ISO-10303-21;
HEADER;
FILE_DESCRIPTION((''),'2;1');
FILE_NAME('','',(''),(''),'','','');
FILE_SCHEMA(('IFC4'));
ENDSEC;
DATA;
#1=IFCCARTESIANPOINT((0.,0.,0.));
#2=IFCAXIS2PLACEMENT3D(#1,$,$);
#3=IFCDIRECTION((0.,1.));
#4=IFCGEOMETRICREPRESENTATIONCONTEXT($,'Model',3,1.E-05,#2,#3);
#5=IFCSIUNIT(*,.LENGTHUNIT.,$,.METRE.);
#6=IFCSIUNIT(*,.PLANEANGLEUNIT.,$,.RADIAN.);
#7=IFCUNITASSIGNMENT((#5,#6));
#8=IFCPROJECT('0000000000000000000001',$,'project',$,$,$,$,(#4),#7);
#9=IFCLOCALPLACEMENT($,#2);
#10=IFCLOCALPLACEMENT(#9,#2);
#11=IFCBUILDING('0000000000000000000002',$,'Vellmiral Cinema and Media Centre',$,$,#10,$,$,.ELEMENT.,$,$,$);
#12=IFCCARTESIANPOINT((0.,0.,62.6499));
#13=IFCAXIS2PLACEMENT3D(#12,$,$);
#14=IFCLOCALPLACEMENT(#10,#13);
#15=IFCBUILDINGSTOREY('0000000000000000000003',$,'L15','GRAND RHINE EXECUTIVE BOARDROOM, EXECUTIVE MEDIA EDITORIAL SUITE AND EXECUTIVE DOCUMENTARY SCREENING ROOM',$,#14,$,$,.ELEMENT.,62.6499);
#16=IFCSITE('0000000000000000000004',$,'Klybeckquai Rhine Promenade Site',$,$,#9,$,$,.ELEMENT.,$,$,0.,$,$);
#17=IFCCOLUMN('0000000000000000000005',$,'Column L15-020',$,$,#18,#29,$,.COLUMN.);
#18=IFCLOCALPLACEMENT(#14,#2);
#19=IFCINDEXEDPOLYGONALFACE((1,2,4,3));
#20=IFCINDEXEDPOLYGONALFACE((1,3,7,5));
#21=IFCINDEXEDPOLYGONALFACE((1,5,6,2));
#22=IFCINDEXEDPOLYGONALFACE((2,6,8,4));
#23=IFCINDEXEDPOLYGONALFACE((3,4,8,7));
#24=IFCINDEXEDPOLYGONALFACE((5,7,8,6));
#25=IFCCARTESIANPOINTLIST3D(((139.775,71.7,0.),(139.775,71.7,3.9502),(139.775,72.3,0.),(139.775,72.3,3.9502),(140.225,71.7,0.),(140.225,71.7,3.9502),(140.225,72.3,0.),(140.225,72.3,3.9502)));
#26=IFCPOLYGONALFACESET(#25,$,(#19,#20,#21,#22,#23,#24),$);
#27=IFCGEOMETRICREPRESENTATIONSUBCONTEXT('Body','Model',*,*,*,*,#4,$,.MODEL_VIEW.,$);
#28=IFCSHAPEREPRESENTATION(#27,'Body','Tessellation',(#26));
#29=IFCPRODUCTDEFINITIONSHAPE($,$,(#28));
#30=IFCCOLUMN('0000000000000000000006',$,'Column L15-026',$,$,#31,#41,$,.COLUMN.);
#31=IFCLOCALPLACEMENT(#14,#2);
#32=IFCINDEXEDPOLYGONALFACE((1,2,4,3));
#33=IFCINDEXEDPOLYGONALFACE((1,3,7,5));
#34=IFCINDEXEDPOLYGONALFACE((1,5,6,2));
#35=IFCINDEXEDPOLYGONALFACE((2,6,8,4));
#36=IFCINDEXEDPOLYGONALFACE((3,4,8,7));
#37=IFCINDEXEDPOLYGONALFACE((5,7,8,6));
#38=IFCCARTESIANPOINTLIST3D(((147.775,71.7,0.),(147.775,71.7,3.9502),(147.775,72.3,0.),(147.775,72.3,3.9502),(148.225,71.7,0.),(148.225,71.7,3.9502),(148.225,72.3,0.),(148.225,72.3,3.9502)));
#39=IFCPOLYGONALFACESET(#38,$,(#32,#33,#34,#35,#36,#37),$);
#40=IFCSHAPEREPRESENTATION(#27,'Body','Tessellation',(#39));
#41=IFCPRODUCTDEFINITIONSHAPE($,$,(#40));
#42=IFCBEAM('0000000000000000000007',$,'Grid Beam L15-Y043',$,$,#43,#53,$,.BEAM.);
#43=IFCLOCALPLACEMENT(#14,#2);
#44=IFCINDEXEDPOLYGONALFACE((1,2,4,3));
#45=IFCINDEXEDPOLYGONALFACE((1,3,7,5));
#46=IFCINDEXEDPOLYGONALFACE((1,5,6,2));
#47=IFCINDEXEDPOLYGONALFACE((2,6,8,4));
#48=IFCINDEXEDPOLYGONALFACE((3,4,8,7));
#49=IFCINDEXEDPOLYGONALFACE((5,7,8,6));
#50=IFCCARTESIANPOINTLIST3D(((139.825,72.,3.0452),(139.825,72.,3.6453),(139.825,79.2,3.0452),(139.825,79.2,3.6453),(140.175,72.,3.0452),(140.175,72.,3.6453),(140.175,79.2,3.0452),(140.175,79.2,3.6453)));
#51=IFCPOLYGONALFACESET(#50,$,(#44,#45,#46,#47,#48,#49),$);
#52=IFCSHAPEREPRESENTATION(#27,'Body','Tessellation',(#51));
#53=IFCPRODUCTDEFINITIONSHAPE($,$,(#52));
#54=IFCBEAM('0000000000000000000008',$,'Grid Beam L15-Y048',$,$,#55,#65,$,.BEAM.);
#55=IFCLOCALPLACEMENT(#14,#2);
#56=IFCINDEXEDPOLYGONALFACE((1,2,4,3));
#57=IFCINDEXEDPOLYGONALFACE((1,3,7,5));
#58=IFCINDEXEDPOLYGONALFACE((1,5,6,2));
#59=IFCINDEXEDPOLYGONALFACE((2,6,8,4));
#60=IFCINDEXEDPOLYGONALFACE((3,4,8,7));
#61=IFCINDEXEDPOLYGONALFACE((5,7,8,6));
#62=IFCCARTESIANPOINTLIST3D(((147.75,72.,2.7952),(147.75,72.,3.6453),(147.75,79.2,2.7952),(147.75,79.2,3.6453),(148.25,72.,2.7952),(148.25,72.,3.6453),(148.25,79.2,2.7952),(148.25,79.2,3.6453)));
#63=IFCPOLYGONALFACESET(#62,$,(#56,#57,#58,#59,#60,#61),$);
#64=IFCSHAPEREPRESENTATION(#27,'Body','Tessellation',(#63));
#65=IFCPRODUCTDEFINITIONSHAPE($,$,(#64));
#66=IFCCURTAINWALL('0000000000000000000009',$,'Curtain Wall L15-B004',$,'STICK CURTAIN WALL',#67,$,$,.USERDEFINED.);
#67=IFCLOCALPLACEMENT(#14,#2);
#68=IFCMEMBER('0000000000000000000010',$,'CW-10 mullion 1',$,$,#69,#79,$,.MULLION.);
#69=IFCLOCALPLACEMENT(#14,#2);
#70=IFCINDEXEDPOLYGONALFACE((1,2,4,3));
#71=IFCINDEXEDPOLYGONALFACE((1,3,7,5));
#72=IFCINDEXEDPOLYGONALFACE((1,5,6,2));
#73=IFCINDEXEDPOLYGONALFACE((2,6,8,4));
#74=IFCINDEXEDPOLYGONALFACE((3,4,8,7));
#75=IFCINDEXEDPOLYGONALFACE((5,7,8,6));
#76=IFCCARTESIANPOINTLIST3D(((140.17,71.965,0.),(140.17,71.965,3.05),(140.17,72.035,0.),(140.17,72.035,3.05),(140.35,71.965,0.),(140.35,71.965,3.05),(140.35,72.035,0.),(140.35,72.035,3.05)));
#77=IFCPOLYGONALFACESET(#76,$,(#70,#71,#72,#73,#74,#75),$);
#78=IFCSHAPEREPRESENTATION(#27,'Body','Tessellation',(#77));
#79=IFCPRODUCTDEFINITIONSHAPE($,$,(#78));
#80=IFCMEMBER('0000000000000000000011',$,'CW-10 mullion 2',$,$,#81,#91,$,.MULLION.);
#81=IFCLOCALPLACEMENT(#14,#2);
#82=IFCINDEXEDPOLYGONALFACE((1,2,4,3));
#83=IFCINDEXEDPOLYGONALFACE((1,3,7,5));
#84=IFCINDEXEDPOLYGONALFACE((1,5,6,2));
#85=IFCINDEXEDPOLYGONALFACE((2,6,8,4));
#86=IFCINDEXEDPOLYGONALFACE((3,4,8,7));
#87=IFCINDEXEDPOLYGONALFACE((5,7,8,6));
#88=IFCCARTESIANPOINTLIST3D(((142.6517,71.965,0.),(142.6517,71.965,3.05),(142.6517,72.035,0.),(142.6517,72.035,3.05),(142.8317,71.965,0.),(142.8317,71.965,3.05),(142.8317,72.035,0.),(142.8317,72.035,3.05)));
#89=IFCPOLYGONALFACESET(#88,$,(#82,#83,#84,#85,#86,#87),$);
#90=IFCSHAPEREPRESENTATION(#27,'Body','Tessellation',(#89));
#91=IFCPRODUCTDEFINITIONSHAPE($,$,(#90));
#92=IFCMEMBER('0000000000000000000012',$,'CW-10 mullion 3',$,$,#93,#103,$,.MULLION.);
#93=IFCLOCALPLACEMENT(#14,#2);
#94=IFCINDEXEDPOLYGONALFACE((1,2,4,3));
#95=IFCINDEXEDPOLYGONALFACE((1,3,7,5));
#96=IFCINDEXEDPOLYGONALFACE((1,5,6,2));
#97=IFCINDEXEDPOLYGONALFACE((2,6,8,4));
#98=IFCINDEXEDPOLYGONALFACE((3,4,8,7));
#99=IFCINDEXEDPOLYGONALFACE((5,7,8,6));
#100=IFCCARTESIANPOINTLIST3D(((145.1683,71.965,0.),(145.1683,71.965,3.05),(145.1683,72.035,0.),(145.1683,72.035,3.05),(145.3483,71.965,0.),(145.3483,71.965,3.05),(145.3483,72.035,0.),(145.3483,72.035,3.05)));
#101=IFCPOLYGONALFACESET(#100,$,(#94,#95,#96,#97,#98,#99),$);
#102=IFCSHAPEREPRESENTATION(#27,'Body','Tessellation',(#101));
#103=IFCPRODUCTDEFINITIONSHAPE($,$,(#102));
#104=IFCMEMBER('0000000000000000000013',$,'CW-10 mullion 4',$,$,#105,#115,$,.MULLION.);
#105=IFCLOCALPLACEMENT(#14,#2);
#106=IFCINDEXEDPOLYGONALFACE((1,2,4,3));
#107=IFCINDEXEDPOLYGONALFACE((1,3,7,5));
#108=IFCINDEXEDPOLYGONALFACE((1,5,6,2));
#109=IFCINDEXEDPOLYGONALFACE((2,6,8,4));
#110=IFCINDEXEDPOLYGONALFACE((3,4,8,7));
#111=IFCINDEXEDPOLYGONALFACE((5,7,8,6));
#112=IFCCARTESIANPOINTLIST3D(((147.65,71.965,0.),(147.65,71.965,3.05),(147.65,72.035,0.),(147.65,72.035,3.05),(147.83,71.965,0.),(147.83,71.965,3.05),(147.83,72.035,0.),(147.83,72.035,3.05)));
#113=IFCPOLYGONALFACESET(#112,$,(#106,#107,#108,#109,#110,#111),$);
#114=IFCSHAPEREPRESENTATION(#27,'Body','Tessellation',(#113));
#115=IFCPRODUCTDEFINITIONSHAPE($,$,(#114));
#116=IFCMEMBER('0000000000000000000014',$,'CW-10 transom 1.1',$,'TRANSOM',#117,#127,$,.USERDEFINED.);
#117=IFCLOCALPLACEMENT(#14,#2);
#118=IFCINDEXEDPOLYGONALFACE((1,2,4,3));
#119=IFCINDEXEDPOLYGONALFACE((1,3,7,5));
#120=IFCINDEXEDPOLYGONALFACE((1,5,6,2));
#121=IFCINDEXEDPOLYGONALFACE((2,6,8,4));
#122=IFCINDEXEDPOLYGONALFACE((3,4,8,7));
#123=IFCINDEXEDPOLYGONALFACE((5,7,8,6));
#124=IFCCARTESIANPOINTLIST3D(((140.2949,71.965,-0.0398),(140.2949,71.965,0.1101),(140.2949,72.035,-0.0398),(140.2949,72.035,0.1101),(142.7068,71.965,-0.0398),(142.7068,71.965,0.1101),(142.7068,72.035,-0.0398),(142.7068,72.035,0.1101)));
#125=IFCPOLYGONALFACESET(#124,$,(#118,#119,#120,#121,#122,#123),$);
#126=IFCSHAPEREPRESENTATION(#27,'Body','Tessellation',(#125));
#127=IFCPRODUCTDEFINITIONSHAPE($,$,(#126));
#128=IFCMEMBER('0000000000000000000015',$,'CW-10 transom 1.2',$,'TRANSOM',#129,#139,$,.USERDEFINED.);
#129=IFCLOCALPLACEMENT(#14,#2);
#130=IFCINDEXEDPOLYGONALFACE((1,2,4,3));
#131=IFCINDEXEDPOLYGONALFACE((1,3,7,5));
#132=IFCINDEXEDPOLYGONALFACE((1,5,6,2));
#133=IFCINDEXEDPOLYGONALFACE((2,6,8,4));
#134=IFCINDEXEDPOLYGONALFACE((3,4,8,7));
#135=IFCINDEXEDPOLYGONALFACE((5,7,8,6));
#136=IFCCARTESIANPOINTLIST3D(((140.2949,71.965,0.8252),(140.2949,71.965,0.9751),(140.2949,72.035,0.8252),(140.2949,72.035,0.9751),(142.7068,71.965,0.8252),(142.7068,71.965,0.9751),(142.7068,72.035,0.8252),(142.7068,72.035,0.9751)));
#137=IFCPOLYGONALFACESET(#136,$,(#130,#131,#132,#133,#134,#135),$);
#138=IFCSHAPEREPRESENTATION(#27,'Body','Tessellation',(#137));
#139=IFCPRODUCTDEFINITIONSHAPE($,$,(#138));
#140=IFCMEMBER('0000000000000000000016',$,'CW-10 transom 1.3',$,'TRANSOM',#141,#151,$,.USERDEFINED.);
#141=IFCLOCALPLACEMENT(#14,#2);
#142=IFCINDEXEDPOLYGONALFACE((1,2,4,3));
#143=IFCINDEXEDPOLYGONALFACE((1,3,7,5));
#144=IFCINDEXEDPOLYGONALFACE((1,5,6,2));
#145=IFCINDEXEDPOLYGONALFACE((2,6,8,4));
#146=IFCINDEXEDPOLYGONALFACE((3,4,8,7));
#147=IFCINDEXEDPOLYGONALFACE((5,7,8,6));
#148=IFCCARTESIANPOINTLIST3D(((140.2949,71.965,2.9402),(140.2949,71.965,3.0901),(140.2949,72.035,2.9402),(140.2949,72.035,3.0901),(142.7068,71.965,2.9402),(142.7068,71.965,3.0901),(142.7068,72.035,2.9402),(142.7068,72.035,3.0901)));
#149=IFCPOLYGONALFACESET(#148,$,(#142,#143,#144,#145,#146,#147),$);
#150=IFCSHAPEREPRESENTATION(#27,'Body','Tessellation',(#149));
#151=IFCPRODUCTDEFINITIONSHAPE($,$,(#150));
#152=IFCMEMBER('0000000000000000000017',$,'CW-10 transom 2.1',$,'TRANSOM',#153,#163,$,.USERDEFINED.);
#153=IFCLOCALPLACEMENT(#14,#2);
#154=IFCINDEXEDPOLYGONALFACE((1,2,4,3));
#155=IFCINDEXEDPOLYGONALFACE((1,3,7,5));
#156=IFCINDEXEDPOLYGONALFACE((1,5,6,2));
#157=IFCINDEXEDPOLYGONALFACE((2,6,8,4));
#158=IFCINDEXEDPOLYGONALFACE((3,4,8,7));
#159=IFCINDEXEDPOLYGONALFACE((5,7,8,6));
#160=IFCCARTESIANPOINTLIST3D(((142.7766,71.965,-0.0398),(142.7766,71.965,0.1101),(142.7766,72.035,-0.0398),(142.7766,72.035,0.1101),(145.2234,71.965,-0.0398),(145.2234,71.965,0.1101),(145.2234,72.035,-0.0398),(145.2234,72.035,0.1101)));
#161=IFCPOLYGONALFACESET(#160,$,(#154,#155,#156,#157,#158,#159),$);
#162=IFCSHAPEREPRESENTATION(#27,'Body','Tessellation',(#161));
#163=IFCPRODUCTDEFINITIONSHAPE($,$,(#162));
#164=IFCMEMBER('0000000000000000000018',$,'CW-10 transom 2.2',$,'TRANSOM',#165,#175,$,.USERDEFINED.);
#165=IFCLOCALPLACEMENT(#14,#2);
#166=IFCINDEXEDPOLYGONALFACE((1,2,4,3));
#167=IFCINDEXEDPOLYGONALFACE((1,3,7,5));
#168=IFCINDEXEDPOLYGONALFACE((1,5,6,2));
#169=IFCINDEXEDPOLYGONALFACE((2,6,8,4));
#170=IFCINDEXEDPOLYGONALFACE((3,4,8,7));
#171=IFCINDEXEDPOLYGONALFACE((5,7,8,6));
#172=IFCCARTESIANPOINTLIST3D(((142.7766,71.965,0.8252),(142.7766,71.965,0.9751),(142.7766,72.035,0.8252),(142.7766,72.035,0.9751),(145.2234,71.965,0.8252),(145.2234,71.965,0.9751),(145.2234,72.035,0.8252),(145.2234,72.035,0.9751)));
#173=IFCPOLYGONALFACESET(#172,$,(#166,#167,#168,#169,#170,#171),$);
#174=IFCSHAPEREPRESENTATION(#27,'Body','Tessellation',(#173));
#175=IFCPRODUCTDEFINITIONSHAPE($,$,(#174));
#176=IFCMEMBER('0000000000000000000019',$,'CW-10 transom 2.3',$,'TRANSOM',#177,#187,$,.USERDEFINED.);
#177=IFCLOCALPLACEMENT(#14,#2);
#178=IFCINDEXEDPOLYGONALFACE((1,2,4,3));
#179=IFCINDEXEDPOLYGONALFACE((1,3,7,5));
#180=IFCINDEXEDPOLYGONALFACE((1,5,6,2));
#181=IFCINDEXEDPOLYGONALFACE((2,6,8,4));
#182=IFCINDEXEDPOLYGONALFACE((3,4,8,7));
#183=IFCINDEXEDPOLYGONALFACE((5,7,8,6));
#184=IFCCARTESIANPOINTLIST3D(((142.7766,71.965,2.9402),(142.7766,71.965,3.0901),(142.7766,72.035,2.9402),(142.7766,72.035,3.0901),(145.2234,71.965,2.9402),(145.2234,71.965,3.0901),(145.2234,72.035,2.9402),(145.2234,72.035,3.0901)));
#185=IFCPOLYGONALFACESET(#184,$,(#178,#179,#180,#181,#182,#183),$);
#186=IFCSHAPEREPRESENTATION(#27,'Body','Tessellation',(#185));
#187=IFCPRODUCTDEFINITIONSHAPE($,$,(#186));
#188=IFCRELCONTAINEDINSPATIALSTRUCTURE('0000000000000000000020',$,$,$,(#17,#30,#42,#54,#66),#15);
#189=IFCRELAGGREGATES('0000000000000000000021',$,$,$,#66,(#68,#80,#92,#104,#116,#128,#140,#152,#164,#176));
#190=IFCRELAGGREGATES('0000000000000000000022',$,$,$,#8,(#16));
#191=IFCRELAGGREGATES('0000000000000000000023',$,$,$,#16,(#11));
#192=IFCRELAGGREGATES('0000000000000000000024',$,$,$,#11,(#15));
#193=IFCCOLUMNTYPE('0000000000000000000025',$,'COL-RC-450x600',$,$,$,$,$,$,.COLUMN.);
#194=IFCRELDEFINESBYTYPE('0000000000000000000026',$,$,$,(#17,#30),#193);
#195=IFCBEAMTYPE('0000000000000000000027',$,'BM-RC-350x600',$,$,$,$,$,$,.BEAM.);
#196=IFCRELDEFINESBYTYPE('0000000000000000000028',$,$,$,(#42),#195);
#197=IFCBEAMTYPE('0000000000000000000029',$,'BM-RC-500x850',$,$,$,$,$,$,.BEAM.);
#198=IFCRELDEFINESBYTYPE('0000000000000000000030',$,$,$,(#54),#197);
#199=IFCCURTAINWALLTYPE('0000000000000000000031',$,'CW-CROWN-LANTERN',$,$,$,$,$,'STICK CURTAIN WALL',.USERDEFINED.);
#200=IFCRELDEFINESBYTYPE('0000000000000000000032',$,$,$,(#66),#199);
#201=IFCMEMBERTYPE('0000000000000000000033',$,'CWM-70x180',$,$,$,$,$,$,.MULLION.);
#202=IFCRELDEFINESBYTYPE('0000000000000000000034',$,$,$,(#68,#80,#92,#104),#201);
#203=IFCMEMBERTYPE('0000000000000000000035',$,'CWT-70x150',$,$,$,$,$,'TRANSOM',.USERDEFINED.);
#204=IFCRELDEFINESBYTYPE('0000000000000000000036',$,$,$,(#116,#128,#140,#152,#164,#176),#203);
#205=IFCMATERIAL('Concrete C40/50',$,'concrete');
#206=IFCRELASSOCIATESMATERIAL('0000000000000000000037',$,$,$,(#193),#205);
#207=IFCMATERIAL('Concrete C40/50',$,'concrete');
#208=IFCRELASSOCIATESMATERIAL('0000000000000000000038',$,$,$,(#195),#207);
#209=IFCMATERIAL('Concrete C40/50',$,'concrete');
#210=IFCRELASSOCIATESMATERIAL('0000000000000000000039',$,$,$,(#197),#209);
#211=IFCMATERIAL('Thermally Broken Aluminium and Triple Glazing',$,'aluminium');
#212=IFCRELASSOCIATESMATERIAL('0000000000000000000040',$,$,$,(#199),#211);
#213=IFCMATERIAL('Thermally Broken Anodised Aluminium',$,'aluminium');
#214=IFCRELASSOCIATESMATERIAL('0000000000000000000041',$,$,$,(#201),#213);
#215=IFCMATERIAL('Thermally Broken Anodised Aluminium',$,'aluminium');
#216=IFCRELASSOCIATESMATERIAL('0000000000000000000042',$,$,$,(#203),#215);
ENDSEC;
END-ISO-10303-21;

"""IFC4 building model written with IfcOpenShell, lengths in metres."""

from ifc_helpers import new_model, si_unit, direction, frame, origin, origin_2d, place, context, subcontext, project, spatial, rectangle, extrude, material, material_profile, profile_set, type_object, element, aggregate, save


model = new_model("IFC4")

# Units and contexts
model_context = context("Model", 3, precision=1e-05, world=origin(), true_north=direction((0.0, 1.0)))
body_context = subcontext(model_context, "Body", "Model", "MODEL_VIEW")
ifc_project = project(units=[si_unit("LENGTHUNIT", "METRE"), si_unit("PLANEANGLEUNIT", "RADIAN")], contexts=[model_context])

# Site, building, storey
site_placement = place(None, origin())
site = spatial("IfcSite", under=ifc_project, at=site_placement, Name="Klybeckquai Rhine Promenade Site", CompositionType="ELEMENT", RefElevation=0.0)
building_placement = place(site_placement, origin())
building = spatial("IfcBuilding", under=site, at=building_placement, Name="Vellmiral Cinema and Media Centre", CompositionType="ELEMENT")
storey_placement = place(building_placement, frame((0.0, 0.0, 62.6499)))
storey = spatial("IfcBuildingStorey", under=building, at=storey_placement, Name="L15", Description="GRAND RHINE EXECUTIVE BOARDROOM, EXECUTIVE MEDIA EDITORIAL SUITE AND EXECUTIVE DOCUMENTARY SCREENING ROOM", CompositionType="ELEMENT", Elevation=62.6499)

# Columns
ifc_material_1 = material(Name="Concrete C40/50", Category="concrete")
ifc_material_profile_1 = material_profile(ifc_material_1, rectangle(XDim=0.45, YDim=0.6001, at=origin_2d()), Name="RC 450x600")
ifc_profile_set_1 = profile_set([ifc_material_profile_1], Name="Concrete C40/50")
column_type = type_object("IfcColumnType", Name="COL-RC-450x600", PredefinedType="COLUMN", material=ifc_profile_set_1)
for number, where, z_axis, x_axis, name in (
    (1, (140.0, 72.0, 0.0), (0.0, 0.0, 1.0), (1.0, 0.0, 0.0), "Column L15-020"),
    (2, (148.0, 72.0, 0.0), (0.0, 0.0, 1.0), (1.0, 0.0, 0.0), "Column L15-026"),
):
    element("IfcColumn", number, at=place(storey_placement, frame(where, z_axis=z_axis, x_axis=x_axis)), inside=storey, type_object=column_type, Name=name, PredefinedType="COLUMN", context=body_context, shape_type="SweptSolid", body=[
        extrude(rectangle(XDim=0.45, YDim=0.6001, at=origin_2d()), origin(), (0.0, 0.0, 1.0), 3.9502),
    ])

# Beams
ifc_material_2 = material(Name="Concrete C40/50", Category="concrete")
ifc_material_profile_2 = material_profile(ifc_material_2, rectangle(XDim=0.3501, YDim=0.6001, at=origin_2d()), Name="RC 350x600")
ifc_profile_set_2 = profile_set([ifc_material_profile_2], Name="Concrete C40/50")
beam_type_1 = type_object("IfcBeamType", Name="BM-RC-350x600", PredefinedType="BEAM", material=ifc_profile_set_2)
beam_1_placement = place(storey_placement, frame((140.0, 72.0, 3.3452), z_axis=(0.0, 1.0, 0.0), x_axis=(-1.0, 0.0, 0.0)))
element("IfcBeam", 3, at=beam_1_placement, inside=storey, type_object=beam_type_1, Name="Grid Beam L15-Y043", PredefinedType="BEAM", context=body_context, shape_type="SweptSolid", body=[
    extrude(rectangle(XDim=0.3501, YDim=0.6001, at=origin_2d()), origin(), (0.0, 0.0, 1.0), 7.2),
])
ifc_material_3 = material(Name="Concrete C40/50", Category="concrete")
ifc_material_profile_3 = material_profile(ifc_material_3, rectangle(XDim=0.5, YDim=0.8501, at=origin_2d()), Name="RC 500x850")
ifc_profile_set_3 = profile_set([ifc_material_profile_3], Name="Concrete C40/50")
beam_type_2 = type_object("IfcBeamType", Name="BM-RC-500x850", PredefinedType="BEAM", material=ifc_profile_set_3)
beam_2_placement = place(storey_placement, frame((148.0, 72.0, 3.2202), z_axis=(0.0, 1.0, 0.0), x_axis=(-1.0, 0.0, 0.0)))
element("IfcBeam", 4, at=beam_2_placement, inside=storey, type_object=beam_type_2, Name="Grid Beam L15-Y048", PredefinedType="BEAM", context=body_context, shape_type="SweptSolid", body=[
    extrude(rectangle(XDim=0.5, YDim=0.8501, at=origin_2d()), origin(), (0.0, 0.0, 1.0), 7.2),
])

# Curtain wall, members
ifc_material_4 = material(Name="Thermally Broken Aluminium and Triple Glazing", Category="aluminium")
curtain_wall_type = type_object("IfcCurtainWallType", Name="CW-CROWN-LANTERN", ElementType="STICK CURTAIN WALL", PredefinedType="USERDEFINED", material=ifc_material_4)
curtain_wall_placement = place(storey_placement, origin())
curtain_wall = element("IfcCurtainWall", 5, at=curtain_wall_placement, inside=storey, type_object=curtain_wall_type, Name="Curtain Wall L15-B004", ObjectType="STICK CURTAIN WALL", PredefinedType="USERDEFINED")
ifc_material_5 = material(Name="Thermally Broken Anodised Aluminium", Category="aluminium")
ifc_material_profile_4 = material_profile(ifc_material_5, rectangle(XDim=0.0701, YDim=0.1799, at=origin_2d()), Name="MULL 70x180")
ifc_profile_set_4 = profile_set([ifc_material_profile_4], Name="Thermally Broken Anodised Aluminium")
member_type_1 = type_object("IfcMemberType", Name="CWM-70x180", PredefinedType="MULLION", material=ifc_profile_set_4)
member_1_placement = place(storey_placement, frame((140.26, 72.0, 0.0), z_axis=(0.0, 0.0, 1.0), x_axis=(0.0, 1.0, 0.0)))
member_1 = element("IfcMember", 6, at=member_1_placement, type_object=member_type_1, Name="CW-10 mullion 1", PredefinedType="MULLION", context=body_context, shape_type="SweptSolid", body=[
    extrude(rectangle(XDim=0.0701, YDim=0.1799, at=origin_2d()), origin(), (0.0, 0.0, 1.0), 3.05),
])
member_2_placement = place(storey_placement, frame((142.7417, 72.0, 0.0), z_axis=(0.0, 0.0, 1.0), x_axis=(0.0, 1.0, 0.0)))
member_2 = element("IfcMember", 7, at=member_2_placement, type_object=member_type_1, Name="CW-10 mullion 2", PredefinedType="MULLION", context=body_context, shape_type="SweptSolid", body=[
    extrude(rectangle(XDim=0.0701, YDim=0.1799, at=origin_2d()), origin(), (0.0, 0.0, 1.0), 3.05),
])
member_3_placement = place(storey_placement, frame((145.2583, 72.0, 0.0), z_axis=(0.0, 0.0, 1.0), x_axis=(0.0, 1.0, 0.0)))
member_3 = element("IfcMember", 8, at=member_3_placement, type_object=member_type_1, Name="CW-10 mullion 3", PredefinedType="MULLION", context=body_context, shape_type="SweptSolid", body=[
    extrude(rectangle(XDim=0.0701, YDim=0.1799, at=origin_2d()), origin(), (0.0, 0.0, 1.0), 3.05),
])
member_4_placement = place(storey_placement, frame((147.74, 72.0, 0.0), z_axis=(0.0, 0.0, 1.0), x_axis=(0.0, 1.0, 0.0)))
member_4 = element("IfcMember", 9, at=member_4_placement, type_object=member_type_1, Name="CW-10 mullion 4", PredefinedType="MULLION", context=body_context, shape_type="SweptSolid", body=[
    extrude(rectangle(XDim=0.0701, YDim=0.1799, at=origin_2d()), origin(), (0.0, 0.0, 1.0), 3.05),
])
ifc_material_6 = material(Name="Thermally Broken Anodised Aluminium", Category="aluminium")
ifc_material_profile_5 = material_profile(ifc_material_6, rectangle(XDim=0.0701, YDim=0.1499, at=origin_2d()), Name="MULL 70x150")
ifc_profile_set_5 = profile_set([ifc_material_profile_5], Name="Thermally Broken Anodised Aluminium")
member_type_2 = type_object("IfcMemberType", Name="CWT-70x150", ElementType="TRANSOM", PredefinedType="USERDEFINED", material=ifc_profile_set_5)
member_5_placement = place(storey_placement, frame((140.2949, 72.0, 0.0352), z_axis=(1.0, 0.0, 0.0), x_axis=(0.0, 1.0, 0.0)))
member_5 = element("IfcMember", 10, at=member_5_placement, type_object=member_type_2, Name="CW-10 transom 1.1", ObjectType="TRANSOM", PredefinedType="USERDEFINED", context=body_context, shape_type="SweptSolid", body=[
    extrude(rectangle(XDim=0.0701, YDim=0.1499, at=origin_2d()), origin(), (0.0, 0.0, 1.0), 2.4119),
])
member_6_placement = place(storey_placement, frame((140.2949, 72.0, 0.9001), z_axis=(1.0, 0.0, 0.0), x_axis=(0.0, 1.0, 0.0)))
member_6 = element("IfcMember", 11, at=member_6_placement, type_object=member_type_2, Name="CW-10 transom 1.2", ObjectType="TRANSOM", PredefinedType="USERDEFINED", context=body_context, shape_type="SweptSolid", body=[
    extrude(rectangle(XDim=0.0701, YDim=0.1499, at=origin_2d()), origin(), (0.0, 0.0, 1.0), 2.4119),
])
member_7_placement = place(storey_placement, frame((140.2949, 72.0, 3.0151), z_axis=(1.0, 0.0, 0.0), x_axis=(0.0, 1.0, 0.0)))
member_7 = element("IfcMember", 12, at=member_7_placement, type_object=member_type_2, Name="CW-10 transom 1.3", ObjectType="TRANSOM", PredefinedType="USERDEFINED", context=body_context, shape_type="SweptSolid", body=[
    extrude(rectangle(XDim=0.0701, YDim=0.1499, at=origin_2d()), origin(), (0.0, 0.0, 1.0), 2.4119),
])
member_8_placement = place(storey_placement, frame((142.7766, 72.0, 0.0352), z_axis=(1.0, 0.0, 0.0), x_axis=(0.0, 1.0, 0.0)))
member_8 = element("IfcMember", 13, at=member_8_placement, type_object=member_type_2, Name="CW-10 transom 2.1", ObjectType="TRANSOM", PredefinedType="USERDEFINED", context=body_context, shape_type="SweptSolid", body=[
    extrude(rectangle(XDim=0.0701, YDim=0.1499, at=origin_2d()), origin(), (0.0, 0.0, 1.0), 2.4468),
])
member_9_placement = place(storey_placement, frame((142.7766, 72.0, 0.9001), z_axis=(1.0, 0.0, 0.0), x_axis=(0.0, 1.0, 0.0)))
member_9 = element("IfcMember", 14, at=member_9_placement, type_object=member_type_2, Name="CW-10 transom 2.2", ObjectType="TRANSOM", PredefinedType="USERDEFINED", context=body_context, shape_type="SweptSolid", body=[
    extrude(rectangle(XDim=0.0701, YDim=0.1499, at=origin_2d()), origin(), (0.0, 0.0, 1.0), 2.4468),
])
member_10_placement = place(storey_placement, frame((142.7766, 72.0, 3.0151), z_axis=(1.0, 0.0, 0.0), x_axis=(0.0, 1.0, 0.0)))
member_10 = element("IfcMember", 15, at=member_10_placement, type_object=member_type_2, Name="CW-10 transom 2.3", ObjectType="TRANSOM", PredefinedType="USERDEFINED", context=body_context, shape_type="SweptSolid", body=[
    extrude(rectangle(XDim=0.0701, YDim=0.1499, at=origin_2d()), origin(), (0.0, 0.0, 1.0), 2.4468),
])

aggregate(curtain_wall, [member_1, member_2, member_3, member_4, member_5, member_6, member_7, member_8, member_9, member_10])

save(model, "model.ifc")
